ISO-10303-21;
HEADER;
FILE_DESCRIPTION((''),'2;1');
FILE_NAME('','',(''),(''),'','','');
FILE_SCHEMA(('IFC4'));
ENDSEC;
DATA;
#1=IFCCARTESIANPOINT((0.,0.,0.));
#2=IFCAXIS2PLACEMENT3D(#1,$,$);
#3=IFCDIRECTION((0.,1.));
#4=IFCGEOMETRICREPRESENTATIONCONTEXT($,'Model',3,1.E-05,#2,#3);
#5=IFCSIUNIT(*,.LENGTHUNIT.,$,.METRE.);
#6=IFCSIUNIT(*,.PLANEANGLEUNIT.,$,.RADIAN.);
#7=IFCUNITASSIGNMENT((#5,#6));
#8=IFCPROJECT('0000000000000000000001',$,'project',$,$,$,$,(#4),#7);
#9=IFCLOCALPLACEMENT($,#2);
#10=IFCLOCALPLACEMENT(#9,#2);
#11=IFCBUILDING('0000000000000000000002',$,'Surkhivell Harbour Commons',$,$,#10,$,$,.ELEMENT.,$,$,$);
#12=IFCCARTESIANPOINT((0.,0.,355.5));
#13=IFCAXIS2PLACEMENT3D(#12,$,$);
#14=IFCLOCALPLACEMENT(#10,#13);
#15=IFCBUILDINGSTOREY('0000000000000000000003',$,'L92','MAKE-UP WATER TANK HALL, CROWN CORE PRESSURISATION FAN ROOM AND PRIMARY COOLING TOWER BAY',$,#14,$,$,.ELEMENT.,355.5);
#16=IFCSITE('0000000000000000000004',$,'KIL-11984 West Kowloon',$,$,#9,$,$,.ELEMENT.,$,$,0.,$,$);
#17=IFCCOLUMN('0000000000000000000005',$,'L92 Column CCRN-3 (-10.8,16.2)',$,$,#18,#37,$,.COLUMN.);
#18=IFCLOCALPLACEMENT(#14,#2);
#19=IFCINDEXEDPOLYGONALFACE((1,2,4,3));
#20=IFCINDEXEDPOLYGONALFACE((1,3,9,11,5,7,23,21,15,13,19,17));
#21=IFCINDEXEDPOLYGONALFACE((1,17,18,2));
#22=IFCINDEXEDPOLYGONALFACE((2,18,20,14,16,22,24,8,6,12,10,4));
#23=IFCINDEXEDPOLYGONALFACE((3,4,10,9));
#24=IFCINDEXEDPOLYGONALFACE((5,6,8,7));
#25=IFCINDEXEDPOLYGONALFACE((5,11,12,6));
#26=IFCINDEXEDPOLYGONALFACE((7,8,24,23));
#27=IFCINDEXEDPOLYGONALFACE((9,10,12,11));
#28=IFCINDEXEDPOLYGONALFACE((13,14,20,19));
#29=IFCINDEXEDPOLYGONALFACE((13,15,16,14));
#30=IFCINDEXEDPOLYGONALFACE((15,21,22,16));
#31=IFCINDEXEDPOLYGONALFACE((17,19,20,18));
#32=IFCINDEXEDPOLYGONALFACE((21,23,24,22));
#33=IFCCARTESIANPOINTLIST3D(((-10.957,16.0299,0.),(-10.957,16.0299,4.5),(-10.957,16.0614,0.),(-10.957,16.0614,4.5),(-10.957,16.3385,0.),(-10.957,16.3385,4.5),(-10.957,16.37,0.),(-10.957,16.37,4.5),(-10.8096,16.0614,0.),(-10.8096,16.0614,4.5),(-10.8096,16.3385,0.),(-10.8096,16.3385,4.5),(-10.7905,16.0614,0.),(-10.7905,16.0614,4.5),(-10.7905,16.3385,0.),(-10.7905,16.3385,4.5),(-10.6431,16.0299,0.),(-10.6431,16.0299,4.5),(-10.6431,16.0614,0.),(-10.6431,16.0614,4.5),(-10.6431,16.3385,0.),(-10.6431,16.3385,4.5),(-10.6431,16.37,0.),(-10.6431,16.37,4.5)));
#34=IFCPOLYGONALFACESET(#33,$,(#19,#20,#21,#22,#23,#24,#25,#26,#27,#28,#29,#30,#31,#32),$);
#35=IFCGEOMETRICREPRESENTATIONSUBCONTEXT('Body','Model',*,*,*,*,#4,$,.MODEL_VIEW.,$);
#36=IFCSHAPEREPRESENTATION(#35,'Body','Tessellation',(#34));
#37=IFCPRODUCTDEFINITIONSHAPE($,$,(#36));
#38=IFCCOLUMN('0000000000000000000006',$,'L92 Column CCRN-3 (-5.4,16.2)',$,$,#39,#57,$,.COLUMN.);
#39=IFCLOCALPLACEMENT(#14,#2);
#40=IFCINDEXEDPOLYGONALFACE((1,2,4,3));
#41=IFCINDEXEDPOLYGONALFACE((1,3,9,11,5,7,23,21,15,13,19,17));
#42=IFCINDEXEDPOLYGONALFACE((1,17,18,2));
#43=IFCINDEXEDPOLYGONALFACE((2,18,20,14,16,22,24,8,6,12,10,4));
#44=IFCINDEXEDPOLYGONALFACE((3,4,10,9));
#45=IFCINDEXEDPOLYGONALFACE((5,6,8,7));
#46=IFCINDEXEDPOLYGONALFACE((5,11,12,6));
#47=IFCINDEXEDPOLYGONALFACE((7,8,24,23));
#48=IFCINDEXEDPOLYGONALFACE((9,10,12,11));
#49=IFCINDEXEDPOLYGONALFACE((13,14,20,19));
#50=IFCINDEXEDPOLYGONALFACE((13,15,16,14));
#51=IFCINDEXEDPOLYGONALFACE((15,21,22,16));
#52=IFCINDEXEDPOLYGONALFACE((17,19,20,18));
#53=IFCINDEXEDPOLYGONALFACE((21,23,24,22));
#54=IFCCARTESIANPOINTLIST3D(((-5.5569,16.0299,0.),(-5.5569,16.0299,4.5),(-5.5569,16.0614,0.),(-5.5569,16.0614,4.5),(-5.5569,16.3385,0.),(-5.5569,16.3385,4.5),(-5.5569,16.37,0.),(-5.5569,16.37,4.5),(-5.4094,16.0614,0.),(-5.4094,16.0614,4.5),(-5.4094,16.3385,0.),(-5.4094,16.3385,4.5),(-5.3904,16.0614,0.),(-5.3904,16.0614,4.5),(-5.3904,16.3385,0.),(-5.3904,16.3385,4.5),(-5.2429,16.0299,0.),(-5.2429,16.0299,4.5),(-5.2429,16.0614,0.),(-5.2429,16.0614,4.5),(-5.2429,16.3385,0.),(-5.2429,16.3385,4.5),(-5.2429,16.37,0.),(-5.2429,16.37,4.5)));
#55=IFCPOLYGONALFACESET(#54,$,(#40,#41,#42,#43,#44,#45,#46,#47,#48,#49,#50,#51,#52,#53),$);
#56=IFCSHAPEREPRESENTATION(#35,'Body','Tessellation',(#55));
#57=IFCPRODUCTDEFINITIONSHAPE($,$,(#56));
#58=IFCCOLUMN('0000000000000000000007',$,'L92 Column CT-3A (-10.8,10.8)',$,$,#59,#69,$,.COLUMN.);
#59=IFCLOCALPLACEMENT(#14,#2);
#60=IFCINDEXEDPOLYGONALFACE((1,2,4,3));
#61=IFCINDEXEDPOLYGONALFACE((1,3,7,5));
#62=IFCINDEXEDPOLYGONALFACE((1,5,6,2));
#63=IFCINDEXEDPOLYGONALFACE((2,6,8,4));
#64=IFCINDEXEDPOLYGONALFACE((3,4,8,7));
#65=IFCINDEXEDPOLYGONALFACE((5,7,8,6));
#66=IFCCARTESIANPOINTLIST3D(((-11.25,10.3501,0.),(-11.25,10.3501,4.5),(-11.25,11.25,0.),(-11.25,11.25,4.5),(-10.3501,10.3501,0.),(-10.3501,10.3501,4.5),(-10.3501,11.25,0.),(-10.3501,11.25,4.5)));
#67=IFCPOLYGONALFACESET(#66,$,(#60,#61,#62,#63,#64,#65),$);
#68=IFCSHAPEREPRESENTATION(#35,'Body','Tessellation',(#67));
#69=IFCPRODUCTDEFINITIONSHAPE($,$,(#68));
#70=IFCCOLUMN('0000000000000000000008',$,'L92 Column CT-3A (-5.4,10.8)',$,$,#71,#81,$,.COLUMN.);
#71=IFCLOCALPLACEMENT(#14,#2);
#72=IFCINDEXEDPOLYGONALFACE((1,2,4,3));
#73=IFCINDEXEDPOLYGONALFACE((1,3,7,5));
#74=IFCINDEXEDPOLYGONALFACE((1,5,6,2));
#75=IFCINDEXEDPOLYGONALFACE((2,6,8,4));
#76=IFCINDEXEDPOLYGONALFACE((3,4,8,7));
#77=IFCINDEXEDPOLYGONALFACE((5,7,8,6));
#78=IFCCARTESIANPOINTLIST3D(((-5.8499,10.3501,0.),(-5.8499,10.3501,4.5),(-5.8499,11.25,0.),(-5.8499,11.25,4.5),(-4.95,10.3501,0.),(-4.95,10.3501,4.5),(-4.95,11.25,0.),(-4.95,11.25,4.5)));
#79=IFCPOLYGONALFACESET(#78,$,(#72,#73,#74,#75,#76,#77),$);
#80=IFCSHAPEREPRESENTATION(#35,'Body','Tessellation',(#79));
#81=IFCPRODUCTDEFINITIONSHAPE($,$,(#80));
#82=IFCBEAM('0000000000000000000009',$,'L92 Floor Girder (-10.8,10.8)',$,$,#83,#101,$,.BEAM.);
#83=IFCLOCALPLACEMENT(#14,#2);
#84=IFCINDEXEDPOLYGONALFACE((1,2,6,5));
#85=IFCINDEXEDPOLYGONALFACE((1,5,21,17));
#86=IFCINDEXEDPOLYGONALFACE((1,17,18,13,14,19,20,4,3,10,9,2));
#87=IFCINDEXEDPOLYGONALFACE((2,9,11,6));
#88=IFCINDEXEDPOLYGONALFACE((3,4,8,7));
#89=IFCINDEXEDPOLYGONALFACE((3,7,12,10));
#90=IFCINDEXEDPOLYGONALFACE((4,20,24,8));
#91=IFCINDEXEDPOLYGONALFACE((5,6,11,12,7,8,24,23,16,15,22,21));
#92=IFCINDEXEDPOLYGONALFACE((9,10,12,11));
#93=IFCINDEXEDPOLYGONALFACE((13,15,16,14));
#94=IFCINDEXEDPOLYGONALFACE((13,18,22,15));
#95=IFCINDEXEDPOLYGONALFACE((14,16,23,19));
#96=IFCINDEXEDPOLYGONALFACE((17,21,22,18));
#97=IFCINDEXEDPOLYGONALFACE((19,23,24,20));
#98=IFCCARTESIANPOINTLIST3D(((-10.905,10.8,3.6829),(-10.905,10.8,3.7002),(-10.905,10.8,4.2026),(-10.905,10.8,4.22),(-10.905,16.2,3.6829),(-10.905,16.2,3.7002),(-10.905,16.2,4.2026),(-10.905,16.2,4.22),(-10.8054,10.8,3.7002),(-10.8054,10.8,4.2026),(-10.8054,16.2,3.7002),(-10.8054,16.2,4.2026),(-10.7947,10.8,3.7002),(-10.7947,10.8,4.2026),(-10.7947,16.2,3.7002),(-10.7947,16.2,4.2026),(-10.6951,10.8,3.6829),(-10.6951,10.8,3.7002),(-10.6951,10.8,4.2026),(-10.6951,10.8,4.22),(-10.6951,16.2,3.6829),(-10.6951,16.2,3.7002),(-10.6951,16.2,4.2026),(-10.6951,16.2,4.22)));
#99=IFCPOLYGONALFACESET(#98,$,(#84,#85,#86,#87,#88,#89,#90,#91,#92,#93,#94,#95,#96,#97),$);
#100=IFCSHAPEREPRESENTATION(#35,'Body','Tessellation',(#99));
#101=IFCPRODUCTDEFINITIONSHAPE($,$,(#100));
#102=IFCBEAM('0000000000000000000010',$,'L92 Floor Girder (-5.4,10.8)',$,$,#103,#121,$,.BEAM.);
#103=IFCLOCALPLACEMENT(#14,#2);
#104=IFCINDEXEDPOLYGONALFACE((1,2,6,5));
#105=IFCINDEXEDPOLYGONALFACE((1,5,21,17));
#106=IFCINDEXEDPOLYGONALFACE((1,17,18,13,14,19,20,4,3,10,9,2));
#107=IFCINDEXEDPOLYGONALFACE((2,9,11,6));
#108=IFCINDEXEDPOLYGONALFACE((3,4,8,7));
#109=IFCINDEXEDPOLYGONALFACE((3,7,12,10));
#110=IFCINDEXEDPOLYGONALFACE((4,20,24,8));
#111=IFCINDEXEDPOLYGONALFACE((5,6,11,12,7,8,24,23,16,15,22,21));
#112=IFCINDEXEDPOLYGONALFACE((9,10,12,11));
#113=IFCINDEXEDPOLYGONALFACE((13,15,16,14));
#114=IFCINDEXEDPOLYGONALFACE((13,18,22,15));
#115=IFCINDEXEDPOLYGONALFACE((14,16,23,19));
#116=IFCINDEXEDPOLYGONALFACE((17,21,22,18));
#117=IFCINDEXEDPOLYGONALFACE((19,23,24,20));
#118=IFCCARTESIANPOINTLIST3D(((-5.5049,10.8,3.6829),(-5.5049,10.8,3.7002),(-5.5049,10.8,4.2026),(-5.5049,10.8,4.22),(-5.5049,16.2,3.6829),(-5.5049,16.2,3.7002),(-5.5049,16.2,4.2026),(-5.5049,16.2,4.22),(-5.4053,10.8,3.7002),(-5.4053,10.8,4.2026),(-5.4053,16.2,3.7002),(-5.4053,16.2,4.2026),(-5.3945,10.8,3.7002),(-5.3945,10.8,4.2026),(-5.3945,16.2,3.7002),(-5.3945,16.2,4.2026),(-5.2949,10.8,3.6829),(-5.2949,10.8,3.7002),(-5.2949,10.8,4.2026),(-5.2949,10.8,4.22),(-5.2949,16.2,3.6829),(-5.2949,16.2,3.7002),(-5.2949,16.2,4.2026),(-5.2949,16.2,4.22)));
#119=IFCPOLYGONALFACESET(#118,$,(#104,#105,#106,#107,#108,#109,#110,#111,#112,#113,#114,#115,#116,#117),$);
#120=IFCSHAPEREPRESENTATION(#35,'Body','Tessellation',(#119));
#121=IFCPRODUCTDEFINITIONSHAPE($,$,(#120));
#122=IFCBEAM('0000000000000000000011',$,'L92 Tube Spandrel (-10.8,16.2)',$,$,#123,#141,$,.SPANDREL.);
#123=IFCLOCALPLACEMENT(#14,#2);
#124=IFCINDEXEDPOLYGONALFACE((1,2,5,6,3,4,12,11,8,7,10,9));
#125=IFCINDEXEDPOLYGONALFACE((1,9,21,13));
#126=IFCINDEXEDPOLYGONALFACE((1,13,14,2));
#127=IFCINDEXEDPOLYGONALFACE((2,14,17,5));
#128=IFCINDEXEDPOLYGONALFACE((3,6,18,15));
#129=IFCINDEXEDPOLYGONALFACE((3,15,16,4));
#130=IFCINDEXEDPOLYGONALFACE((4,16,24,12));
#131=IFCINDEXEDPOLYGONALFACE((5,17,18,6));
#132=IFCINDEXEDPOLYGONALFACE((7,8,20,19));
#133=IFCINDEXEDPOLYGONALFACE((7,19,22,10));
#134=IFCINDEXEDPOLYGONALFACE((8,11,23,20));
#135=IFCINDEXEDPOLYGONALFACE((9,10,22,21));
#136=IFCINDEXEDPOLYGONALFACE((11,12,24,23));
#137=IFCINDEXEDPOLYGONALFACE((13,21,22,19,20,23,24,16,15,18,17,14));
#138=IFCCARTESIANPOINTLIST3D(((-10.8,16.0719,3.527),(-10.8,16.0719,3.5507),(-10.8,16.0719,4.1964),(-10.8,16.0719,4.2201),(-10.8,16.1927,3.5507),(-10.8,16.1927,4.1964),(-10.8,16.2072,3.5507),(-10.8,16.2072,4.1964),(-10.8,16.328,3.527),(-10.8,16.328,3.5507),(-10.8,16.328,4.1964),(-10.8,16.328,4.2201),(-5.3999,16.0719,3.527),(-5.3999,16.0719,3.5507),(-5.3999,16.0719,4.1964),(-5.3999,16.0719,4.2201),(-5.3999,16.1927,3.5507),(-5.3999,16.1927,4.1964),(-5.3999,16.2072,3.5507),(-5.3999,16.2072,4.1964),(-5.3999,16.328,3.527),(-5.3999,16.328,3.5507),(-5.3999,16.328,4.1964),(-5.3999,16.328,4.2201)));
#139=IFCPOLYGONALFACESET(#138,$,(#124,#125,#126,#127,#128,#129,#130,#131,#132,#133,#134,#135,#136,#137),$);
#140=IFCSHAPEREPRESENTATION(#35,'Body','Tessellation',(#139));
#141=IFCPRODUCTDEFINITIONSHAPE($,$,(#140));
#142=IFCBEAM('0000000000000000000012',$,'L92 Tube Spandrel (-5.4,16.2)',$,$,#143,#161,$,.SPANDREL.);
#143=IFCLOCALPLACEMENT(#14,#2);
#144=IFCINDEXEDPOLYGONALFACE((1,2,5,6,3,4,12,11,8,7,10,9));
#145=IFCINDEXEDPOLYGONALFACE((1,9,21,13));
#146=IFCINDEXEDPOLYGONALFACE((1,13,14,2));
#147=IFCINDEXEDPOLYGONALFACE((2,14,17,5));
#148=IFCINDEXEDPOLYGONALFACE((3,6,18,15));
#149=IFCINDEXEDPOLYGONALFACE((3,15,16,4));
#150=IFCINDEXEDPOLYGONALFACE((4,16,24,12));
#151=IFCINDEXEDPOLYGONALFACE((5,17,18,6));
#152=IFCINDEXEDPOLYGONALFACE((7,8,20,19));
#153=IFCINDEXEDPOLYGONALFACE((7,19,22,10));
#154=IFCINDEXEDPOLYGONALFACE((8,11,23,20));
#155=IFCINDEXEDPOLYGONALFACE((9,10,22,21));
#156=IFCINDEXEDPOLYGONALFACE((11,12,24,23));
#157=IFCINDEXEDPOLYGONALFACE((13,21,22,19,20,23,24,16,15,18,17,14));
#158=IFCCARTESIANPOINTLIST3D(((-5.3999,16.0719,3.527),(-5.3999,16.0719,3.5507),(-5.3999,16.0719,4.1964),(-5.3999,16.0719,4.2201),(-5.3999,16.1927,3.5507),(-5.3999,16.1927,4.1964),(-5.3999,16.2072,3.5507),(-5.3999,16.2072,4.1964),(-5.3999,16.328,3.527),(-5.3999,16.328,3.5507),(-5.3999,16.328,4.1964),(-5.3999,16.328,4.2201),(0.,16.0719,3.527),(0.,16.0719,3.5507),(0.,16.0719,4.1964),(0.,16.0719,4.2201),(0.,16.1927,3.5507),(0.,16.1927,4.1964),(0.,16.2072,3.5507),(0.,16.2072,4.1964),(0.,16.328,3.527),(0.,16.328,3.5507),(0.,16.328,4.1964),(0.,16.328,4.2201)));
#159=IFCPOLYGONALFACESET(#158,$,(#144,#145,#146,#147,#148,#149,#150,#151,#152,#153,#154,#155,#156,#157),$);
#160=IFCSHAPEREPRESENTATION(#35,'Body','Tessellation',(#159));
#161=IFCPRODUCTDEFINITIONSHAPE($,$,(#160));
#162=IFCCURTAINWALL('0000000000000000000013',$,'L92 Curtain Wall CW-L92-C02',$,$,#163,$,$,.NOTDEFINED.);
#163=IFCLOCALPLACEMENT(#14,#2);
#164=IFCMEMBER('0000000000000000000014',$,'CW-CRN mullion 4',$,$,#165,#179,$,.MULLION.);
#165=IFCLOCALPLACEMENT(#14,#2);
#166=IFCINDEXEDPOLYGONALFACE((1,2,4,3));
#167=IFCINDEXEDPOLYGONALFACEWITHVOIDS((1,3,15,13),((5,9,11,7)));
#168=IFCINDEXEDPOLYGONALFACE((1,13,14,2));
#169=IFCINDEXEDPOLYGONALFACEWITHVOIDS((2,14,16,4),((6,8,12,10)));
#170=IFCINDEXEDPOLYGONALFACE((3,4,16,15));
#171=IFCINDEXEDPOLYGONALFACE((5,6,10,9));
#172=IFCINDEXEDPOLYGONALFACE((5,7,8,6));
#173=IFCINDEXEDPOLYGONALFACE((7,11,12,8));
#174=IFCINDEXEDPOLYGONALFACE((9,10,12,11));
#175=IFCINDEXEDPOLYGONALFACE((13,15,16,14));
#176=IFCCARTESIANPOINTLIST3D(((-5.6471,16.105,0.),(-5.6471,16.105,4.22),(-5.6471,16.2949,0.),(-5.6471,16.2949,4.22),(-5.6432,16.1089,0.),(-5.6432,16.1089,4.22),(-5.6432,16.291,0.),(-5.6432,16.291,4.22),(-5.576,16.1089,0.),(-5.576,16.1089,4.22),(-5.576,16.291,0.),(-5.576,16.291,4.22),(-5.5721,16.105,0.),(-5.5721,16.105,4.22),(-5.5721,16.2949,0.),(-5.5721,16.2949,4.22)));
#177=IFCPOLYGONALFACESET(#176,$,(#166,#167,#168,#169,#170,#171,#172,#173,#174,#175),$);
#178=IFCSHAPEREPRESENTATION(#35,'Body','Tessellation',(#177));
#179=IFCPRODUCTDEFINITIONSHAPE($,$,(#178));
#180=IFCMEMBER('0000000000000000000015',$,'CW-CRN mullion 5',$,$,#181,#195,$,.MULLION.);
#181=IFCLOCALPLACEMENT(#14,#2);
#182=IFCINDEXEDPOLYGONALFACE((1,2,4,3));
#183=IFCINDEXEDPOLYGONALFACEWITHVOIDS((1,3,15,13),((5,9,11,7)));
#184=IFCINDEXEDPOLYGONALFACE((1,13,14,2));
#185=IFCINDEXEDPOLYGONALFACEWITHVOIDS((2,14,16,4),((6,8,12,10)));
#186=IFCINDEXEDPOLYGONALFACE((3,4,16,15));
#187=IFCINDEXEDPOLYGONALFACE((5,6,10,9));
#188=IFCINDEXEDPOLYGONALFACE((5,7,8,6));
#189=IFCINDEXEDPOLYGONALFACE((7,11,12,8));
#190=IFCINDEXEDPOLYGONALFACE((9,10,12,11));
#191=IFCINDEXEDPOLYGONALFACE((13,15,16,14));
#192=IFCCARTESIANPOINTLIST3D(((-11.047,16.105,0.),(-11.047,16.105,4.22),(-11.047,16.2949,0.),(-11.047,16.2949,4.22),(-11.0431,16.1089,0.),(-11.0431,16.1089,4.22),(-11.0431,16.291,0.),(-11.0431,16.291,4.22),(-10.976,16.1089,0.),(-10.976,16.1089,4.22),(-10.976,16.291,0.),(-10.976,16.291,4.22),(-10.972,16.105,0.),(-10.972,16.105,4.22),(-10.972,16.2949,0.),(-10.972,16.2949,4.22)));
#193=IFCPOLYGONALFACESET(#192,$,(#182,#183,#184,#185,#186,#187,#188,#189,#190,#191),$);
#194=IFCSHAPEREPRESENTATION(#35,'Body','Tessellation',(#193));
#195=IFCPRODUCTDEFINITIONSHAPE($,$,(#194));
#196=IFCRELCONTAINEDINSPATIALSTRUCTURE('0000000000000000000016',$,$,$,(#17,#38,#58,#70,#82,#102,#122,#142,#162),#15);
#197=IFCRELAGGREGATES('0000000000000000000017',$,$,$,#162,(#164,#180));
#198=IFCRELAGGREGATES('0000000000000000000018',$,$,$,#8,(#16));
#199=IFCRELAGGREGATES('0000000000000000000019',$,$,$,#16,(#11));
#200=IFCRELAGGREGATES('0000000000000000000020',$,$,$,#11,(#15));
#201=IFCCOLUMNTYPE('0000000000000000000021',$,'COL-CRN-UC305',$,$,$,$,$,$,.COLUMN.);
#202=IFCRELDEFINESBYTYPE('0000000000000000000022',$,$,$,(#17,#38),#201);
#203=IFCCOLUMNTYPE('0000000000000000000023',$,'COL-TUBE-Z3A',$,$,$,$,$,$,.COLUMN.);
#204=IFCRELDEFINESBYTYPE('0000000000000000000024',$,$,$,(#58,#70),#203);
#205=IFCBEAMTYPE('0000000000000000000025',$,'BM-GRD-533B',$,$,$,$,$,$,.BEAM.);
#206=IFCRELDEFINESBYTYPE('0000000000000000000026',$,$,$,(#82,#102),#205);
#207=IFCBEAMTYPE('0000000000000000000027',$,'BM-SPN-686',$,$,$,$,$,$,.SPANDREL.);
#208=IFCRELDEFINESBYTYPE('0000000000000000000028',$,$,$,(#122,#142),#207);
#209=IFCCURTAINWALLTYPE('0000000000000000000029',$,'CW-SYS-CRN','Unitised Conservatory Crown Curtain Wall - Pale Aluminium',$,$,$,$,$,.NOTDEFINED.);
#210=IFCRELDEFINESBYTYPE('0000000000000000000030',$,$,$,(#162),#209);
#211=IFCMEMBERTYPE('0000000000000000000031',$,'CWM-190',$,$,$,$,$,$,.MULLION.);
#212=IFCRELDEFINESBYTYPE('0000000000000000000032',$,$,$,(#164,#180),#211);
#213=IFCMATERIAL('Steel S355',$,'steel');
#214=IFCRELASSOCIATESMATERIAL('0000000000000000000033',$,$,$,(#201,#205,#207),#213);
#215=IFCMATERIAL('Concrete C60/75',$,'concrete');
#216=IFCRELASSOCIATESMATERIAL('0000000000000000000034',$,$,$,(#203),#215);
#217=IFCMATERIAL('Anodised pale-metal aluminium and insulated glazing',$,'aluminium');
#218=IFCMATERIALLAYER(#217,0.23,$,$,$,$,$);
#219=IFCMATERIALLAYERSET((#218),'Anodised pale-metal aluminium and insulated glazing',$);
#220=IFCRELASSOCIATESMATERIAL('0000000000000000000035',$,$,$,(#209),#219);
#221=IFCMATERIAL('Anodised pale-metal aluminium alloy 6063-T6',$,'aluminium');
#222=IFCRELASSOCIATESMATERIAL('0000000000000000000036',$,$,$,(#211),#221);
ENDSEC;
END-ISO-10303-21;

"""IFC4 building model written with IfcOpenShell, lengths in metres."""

from ifc_helpers import new_model, si_unit, direction, frame, origin, origin_2d, place, context, subcontext, project, spatial, rectangle, hollow_rectangle, i_section, extrude, material, layer, layer_set, material_profile, profile_set, type_object, element, aggregate, save


model = new_model("IFC4")

# Units and contexts
model_context = context("Model", 3, precision=1e-05, world=origin(), true_north=direction((0.0, 1.0)))
body_context = subcontext(model_context, "Body", "Model", "MODEL_VIEW")
ifc_project = project(units=[si_unit("LENGTHUNIT", "METRE"), si_unit("PLANEANGLEUNIT", "RADIAN")], contexts=[model_context])

# Site, building, storey
site_placement = place(None, origin())
site = spatial("IfcSite", under=ifc_project, at=site_placement, Name="KIL-11984 West Kowloon", CompositionType="ELEMENT", RefElevation=0.0)
building_placement = place(site_placement, origin())
building = spatial("IfcBuilding", under=site, at=building_placement, Name="Surkhivell Harbour Commons", CompositionType="ELEMENT")
storey_placement = place(building_placement, frame((0.0, 0.0, 355.5)))
storey = spatial("IfcBuildingStorey", under=building, at=storey_placement, Name="L92", Description="MAKE-UP WATER TANK HALL, CROWN CORE PRESSURISATION FAN ROOM AND PRIMARY COOLING TOWER BAY", CompositionType="ELEMENT", Elevation=355.5)

# Columns
ifc_material_1 = material(Name="Steel S355", Category="steel")
ifc_material_profile_1 = material_profile(ifc_material_1, i_section(OverallWidth=0.314, OverallDepth=0.3401, WebThickness=0.019, FlangeThickness=0.0315, at=origin_2d()), Name="UC305x305x198")
ifc_profile_set_1 = profile_set([ifc_material_profile_1], Name="Steel S355")
column_type_1 = type_object("IfcColumnType", Name="COL-CRN-UC305", PredefinedType="COLUMN", material=ifc_profile_set_1)
for number, where, z_axis, x_axis, name in (
    (1, (-10.8, 16.2, 0.0), (0.0, 0.0, 1.0), (1.0, 0.0, 0.0), "L92 Column CCRN-3 (-10.8,16.2)"),
    (2, (-5.3999, 16.2, 0.0), (0.0, 0.0, 1.0), (1.0, 0.0, 0.0), "L92 Column CCRN-3 (-5.4,16.2)"),
):
    element("IfcColumn", number, at=place(storey_placement, frame(where, z_axis=z_axis, x_axis=x_axis)), inside=storey, type_object=column_type_1, Name=name, PredefinedType="COLUMN", context=body_context, shape_type="SweptSolid", body=[
        extrude(i_section(OverallWidth=0.314, OverallDepth=0.3401, WebThickness=0.019, FlangeThickness=0.0315, at=origin_2d()), origin(), (0.0, 0.0, 1.0), 4.5),
    ])
ifc_material_2 = material(Name="Concrete C60/75", Category="concrete")
ifc_material_profile_2 = material_profile(ifc_material_2, rectangle(XDim=0.8999, YDim=0.8999, at=origin_2d()), Name="RC-COL-900x900")
ifc_profile_set_2 = profile_set([ifc_material_profile_2], Name="Concrete C60/75")
column_type_2 = type_object("IfcColumnType", Name="COL-TUBE-Z3A", PredefinedType="COLUMN", material=ifc_profile_set_2)
for number, where, z_axis, x_axis, name in (
    (3, (-10.8, 10.8, 0.0), (0.0, 0.0, 1.0), (1.0, 0.0, 0.0), "L92 Column CT-3A (-10.8,10.8)"),
    (4, (-5.3999, 10.8, 0.0), (0.0, 0.0, 1.0), (1.0, 0.0, 0.0), "L92 Column CT-3A (-5.4,10.8)"),
):
    element("IfcColumn", number, at=place(storey_placement, frame(where, z_axis=z_axis, x_axis=x_axis)), inside=storey, type_object=column_type_2, Name=name, PredefinedType="COLUMN", context=body_context, shape_type="SweptSolid", body=[
        extrude(rectangle(XDim=0.8999, YDim=0.8999, at=origin_2d()), origin(), (0.0, 0.0, 1.0), 4.5),
    ])

# Beams
ifc_material_profile_3 = material_profile(ifc_material_1, i_section(OverallWidth=0.21, OverallDepth=0.5371, WebThickness=0.0107, FlangeThickness=0.0173, at=origin_2d()), Name="UB533x210x101")
ifc_profile_set_3 = profile_set([ifc_material_profile_3], Name="Steel S355")
beam_type_1 = type_object("IfcBeamType", Name="BM-GRD-533B", PredefinedType="BEAM", material=ifc_profile_set_3)
for number, where, z_axis, x_axis, name in (
    (5, (-10.8, 10.8, 3.9514), (0.0, 1.0, 0.0), (-1.0, 0.0, 0.0), "L92 Floor Girder (-10.8,10.8)"),
    (6, (-5.3999, 10.8, 3.9514), (0.0, 1.0, 0.0), (-1.0, 0.0, 0.0), "L92 Floor Girder (-5.4,10.8)"),
):
    element("IfcBeam", number, at=place(storey_placement, frame(where, z_axis=z_axis, x_axis=x_axis)), inside=storey, type_object=beam_type_1, Name=name, PredefinedType="BEAM", context=body_context, shape_type="SweptSolid", body=[
        extrude(i_section(OverallWidth=0.21, OverallDepth=0.5371, WebThickness=0.0107, FlangeThickness=0.0173, at=origin_2d()), origin(), (0.0, 0.0, 1.0), 5.3999),
    ])
ifc_material_profile_4 = material_profile(ifc_material_1, i_section(OverallWidth=0.2561, OverallDepth=0.6931, WebThickness=0.0144, FlangeThickness=0.0237, at=origin_2d()), Name="UB686x254x170")
ifc_profile_set_4 = profile_set([ifc_material_profile_4], Name="Steel S355")
beam_type_2 = type_object("IfcBeamType", Name="BM-SPN-686", PredefinedType="SPANDREL", material=ifc_profile_set_4)
beam_1_placement = place(storey_placement, frame((-10.8, 16.2, 3.8735), z_axis=(1.0, 0.0, 0.0), x_axis=(0.0, 1.0, 0.0)))
element("IfcBeam", 7, at=beam_1_placement, inside=storey, type_object=beam_type_2, Name="L92 Tube Spandrel (-10.8,16.2)", PredefinedType="SPANDREL", context=body_context, shape_type="SweptSolid", body=[
    extrude(i_section(OverallWidth=0.2561, OverallDepth=0.6931, WebThickness=0.0144, FlangeThickness=0.0237, at=origin_2d()), origin(), (0.0, 0.0, 1.0), 5.4001),
])
beam_2_placement = place(storey_placement, frame((-5.3999, 16.2, 3.8735), z_axis=(1.0, 0.0, 0.0), x_axis=(0.0, 1.0, 0.0)))
element("IfcBeam", 8, at=beam_2_placement, inside=storey, type_object=beam_type_2, Name="L92 Tube Spandrel (-5.4,16.2)", PredefinedType="SPANDREL", context=body_context, shape_type="SweptSolid", body=[
    extrude(i_section(OverallWidth=0.2561, OverallDepth=0.6931, WebThickness=0.0144, FlangeThickness=0.0237, at=origin_2d()), origin(), (0.0, 0.0, 1.0), 5.3999),
])

# Curtain wall, members
ifc_material_3 = material(Name="Anodised pale-metal aluminium and insulated glazing", Category="aluminium")
ifc_layer_1 = layer(ifc_material_3, 0.23)
ifc_layer_set_1 = layer_set([ifc_layer_1], Name="Anodised pale-metal aluminium and insulated glazing")
curtain_wall_type = type_object("IfcCurtainWallType", Name="CW-SYS-CRN", Description="Unitised Conservatory Crown Curtain Wall - Pale Aluminium", PredefinedType="NOTDEFINED", material=ifc_layer_set_1)
curtain_wall_placement = place(storey_placement, origin())
curtain_wall = element("IfcCurtainWall", 9, at=curtain_wall_placement, inside=storey, type_object=curtain_wall_type, Name="L92 Curtain Wall CW-L92-C02", PredefinedType="NOTDEFINED")
ifc_material_4 = material(Name="Anodised pale-metal aluminium alloy 6063-T6", Category="aluminium")
ifc_material_profile_5 = material_profile(ifc_material_4, hollow_rectangle(XDim=0.075, YDim=0.1899, WallThickness=0.0039, at=origin_2d()), Name="ALU-MULL-75x190")
ifc_profile_set_5 = profile_set([ifc_material_profile_5], Name="Anodised pale-metal aluminium alloy 6063-T6")
member_type_1 = type_object("IfcMemberType", Name="CWM-190", PredefinedType="MULLION", material=ifc_profile_set_5)
member_1_placement = place(storey_placement, frame((-5.6096, 16.2, 0.0), z_axis=(0.0, 0.0, 1.0), x_axis=(-1.0, 0.0, 0.0)))
member_1 = element("IfcMember", 10, at=member_1_placement, type_object=member_type_1, Name="CW-CRN mullion 4", PredefinedType="MULLION", context=body_context, shape_type="SweptSolid", body=[
    extrude(hollow_rectangle(XDim=0.075, YDim=0.1899, WallThickness=0.0039, at=origin_2d()), origin(), (0.0, 0.0, 1.0), 4.22),
])
member_2_placement = place(storey_placement, frame((-11.0095, 16.2, 0.0), z_axis=(0.0, 0.0, 1.0), x_axis=(-1.0, 0.0, 0.0)))
member_2 = element("IfcMember", 11, at=member_2_placement, type_object=member_type_1, Name="CW-CRN mullion 5", PredefinedType="MULLION", context=body_context, shape_type="SweptSolid", body=[
    extrude(hollow_rectangle(XDim=0.075, YDim=0.1899, WallThickness=0.0039, at=origin_2d()), origin(), (0.0, 0.0, 1.0), 4.22),
])
aggregate(curtain_wall, [member_1, member_2])

save(model, "model.ifc")
